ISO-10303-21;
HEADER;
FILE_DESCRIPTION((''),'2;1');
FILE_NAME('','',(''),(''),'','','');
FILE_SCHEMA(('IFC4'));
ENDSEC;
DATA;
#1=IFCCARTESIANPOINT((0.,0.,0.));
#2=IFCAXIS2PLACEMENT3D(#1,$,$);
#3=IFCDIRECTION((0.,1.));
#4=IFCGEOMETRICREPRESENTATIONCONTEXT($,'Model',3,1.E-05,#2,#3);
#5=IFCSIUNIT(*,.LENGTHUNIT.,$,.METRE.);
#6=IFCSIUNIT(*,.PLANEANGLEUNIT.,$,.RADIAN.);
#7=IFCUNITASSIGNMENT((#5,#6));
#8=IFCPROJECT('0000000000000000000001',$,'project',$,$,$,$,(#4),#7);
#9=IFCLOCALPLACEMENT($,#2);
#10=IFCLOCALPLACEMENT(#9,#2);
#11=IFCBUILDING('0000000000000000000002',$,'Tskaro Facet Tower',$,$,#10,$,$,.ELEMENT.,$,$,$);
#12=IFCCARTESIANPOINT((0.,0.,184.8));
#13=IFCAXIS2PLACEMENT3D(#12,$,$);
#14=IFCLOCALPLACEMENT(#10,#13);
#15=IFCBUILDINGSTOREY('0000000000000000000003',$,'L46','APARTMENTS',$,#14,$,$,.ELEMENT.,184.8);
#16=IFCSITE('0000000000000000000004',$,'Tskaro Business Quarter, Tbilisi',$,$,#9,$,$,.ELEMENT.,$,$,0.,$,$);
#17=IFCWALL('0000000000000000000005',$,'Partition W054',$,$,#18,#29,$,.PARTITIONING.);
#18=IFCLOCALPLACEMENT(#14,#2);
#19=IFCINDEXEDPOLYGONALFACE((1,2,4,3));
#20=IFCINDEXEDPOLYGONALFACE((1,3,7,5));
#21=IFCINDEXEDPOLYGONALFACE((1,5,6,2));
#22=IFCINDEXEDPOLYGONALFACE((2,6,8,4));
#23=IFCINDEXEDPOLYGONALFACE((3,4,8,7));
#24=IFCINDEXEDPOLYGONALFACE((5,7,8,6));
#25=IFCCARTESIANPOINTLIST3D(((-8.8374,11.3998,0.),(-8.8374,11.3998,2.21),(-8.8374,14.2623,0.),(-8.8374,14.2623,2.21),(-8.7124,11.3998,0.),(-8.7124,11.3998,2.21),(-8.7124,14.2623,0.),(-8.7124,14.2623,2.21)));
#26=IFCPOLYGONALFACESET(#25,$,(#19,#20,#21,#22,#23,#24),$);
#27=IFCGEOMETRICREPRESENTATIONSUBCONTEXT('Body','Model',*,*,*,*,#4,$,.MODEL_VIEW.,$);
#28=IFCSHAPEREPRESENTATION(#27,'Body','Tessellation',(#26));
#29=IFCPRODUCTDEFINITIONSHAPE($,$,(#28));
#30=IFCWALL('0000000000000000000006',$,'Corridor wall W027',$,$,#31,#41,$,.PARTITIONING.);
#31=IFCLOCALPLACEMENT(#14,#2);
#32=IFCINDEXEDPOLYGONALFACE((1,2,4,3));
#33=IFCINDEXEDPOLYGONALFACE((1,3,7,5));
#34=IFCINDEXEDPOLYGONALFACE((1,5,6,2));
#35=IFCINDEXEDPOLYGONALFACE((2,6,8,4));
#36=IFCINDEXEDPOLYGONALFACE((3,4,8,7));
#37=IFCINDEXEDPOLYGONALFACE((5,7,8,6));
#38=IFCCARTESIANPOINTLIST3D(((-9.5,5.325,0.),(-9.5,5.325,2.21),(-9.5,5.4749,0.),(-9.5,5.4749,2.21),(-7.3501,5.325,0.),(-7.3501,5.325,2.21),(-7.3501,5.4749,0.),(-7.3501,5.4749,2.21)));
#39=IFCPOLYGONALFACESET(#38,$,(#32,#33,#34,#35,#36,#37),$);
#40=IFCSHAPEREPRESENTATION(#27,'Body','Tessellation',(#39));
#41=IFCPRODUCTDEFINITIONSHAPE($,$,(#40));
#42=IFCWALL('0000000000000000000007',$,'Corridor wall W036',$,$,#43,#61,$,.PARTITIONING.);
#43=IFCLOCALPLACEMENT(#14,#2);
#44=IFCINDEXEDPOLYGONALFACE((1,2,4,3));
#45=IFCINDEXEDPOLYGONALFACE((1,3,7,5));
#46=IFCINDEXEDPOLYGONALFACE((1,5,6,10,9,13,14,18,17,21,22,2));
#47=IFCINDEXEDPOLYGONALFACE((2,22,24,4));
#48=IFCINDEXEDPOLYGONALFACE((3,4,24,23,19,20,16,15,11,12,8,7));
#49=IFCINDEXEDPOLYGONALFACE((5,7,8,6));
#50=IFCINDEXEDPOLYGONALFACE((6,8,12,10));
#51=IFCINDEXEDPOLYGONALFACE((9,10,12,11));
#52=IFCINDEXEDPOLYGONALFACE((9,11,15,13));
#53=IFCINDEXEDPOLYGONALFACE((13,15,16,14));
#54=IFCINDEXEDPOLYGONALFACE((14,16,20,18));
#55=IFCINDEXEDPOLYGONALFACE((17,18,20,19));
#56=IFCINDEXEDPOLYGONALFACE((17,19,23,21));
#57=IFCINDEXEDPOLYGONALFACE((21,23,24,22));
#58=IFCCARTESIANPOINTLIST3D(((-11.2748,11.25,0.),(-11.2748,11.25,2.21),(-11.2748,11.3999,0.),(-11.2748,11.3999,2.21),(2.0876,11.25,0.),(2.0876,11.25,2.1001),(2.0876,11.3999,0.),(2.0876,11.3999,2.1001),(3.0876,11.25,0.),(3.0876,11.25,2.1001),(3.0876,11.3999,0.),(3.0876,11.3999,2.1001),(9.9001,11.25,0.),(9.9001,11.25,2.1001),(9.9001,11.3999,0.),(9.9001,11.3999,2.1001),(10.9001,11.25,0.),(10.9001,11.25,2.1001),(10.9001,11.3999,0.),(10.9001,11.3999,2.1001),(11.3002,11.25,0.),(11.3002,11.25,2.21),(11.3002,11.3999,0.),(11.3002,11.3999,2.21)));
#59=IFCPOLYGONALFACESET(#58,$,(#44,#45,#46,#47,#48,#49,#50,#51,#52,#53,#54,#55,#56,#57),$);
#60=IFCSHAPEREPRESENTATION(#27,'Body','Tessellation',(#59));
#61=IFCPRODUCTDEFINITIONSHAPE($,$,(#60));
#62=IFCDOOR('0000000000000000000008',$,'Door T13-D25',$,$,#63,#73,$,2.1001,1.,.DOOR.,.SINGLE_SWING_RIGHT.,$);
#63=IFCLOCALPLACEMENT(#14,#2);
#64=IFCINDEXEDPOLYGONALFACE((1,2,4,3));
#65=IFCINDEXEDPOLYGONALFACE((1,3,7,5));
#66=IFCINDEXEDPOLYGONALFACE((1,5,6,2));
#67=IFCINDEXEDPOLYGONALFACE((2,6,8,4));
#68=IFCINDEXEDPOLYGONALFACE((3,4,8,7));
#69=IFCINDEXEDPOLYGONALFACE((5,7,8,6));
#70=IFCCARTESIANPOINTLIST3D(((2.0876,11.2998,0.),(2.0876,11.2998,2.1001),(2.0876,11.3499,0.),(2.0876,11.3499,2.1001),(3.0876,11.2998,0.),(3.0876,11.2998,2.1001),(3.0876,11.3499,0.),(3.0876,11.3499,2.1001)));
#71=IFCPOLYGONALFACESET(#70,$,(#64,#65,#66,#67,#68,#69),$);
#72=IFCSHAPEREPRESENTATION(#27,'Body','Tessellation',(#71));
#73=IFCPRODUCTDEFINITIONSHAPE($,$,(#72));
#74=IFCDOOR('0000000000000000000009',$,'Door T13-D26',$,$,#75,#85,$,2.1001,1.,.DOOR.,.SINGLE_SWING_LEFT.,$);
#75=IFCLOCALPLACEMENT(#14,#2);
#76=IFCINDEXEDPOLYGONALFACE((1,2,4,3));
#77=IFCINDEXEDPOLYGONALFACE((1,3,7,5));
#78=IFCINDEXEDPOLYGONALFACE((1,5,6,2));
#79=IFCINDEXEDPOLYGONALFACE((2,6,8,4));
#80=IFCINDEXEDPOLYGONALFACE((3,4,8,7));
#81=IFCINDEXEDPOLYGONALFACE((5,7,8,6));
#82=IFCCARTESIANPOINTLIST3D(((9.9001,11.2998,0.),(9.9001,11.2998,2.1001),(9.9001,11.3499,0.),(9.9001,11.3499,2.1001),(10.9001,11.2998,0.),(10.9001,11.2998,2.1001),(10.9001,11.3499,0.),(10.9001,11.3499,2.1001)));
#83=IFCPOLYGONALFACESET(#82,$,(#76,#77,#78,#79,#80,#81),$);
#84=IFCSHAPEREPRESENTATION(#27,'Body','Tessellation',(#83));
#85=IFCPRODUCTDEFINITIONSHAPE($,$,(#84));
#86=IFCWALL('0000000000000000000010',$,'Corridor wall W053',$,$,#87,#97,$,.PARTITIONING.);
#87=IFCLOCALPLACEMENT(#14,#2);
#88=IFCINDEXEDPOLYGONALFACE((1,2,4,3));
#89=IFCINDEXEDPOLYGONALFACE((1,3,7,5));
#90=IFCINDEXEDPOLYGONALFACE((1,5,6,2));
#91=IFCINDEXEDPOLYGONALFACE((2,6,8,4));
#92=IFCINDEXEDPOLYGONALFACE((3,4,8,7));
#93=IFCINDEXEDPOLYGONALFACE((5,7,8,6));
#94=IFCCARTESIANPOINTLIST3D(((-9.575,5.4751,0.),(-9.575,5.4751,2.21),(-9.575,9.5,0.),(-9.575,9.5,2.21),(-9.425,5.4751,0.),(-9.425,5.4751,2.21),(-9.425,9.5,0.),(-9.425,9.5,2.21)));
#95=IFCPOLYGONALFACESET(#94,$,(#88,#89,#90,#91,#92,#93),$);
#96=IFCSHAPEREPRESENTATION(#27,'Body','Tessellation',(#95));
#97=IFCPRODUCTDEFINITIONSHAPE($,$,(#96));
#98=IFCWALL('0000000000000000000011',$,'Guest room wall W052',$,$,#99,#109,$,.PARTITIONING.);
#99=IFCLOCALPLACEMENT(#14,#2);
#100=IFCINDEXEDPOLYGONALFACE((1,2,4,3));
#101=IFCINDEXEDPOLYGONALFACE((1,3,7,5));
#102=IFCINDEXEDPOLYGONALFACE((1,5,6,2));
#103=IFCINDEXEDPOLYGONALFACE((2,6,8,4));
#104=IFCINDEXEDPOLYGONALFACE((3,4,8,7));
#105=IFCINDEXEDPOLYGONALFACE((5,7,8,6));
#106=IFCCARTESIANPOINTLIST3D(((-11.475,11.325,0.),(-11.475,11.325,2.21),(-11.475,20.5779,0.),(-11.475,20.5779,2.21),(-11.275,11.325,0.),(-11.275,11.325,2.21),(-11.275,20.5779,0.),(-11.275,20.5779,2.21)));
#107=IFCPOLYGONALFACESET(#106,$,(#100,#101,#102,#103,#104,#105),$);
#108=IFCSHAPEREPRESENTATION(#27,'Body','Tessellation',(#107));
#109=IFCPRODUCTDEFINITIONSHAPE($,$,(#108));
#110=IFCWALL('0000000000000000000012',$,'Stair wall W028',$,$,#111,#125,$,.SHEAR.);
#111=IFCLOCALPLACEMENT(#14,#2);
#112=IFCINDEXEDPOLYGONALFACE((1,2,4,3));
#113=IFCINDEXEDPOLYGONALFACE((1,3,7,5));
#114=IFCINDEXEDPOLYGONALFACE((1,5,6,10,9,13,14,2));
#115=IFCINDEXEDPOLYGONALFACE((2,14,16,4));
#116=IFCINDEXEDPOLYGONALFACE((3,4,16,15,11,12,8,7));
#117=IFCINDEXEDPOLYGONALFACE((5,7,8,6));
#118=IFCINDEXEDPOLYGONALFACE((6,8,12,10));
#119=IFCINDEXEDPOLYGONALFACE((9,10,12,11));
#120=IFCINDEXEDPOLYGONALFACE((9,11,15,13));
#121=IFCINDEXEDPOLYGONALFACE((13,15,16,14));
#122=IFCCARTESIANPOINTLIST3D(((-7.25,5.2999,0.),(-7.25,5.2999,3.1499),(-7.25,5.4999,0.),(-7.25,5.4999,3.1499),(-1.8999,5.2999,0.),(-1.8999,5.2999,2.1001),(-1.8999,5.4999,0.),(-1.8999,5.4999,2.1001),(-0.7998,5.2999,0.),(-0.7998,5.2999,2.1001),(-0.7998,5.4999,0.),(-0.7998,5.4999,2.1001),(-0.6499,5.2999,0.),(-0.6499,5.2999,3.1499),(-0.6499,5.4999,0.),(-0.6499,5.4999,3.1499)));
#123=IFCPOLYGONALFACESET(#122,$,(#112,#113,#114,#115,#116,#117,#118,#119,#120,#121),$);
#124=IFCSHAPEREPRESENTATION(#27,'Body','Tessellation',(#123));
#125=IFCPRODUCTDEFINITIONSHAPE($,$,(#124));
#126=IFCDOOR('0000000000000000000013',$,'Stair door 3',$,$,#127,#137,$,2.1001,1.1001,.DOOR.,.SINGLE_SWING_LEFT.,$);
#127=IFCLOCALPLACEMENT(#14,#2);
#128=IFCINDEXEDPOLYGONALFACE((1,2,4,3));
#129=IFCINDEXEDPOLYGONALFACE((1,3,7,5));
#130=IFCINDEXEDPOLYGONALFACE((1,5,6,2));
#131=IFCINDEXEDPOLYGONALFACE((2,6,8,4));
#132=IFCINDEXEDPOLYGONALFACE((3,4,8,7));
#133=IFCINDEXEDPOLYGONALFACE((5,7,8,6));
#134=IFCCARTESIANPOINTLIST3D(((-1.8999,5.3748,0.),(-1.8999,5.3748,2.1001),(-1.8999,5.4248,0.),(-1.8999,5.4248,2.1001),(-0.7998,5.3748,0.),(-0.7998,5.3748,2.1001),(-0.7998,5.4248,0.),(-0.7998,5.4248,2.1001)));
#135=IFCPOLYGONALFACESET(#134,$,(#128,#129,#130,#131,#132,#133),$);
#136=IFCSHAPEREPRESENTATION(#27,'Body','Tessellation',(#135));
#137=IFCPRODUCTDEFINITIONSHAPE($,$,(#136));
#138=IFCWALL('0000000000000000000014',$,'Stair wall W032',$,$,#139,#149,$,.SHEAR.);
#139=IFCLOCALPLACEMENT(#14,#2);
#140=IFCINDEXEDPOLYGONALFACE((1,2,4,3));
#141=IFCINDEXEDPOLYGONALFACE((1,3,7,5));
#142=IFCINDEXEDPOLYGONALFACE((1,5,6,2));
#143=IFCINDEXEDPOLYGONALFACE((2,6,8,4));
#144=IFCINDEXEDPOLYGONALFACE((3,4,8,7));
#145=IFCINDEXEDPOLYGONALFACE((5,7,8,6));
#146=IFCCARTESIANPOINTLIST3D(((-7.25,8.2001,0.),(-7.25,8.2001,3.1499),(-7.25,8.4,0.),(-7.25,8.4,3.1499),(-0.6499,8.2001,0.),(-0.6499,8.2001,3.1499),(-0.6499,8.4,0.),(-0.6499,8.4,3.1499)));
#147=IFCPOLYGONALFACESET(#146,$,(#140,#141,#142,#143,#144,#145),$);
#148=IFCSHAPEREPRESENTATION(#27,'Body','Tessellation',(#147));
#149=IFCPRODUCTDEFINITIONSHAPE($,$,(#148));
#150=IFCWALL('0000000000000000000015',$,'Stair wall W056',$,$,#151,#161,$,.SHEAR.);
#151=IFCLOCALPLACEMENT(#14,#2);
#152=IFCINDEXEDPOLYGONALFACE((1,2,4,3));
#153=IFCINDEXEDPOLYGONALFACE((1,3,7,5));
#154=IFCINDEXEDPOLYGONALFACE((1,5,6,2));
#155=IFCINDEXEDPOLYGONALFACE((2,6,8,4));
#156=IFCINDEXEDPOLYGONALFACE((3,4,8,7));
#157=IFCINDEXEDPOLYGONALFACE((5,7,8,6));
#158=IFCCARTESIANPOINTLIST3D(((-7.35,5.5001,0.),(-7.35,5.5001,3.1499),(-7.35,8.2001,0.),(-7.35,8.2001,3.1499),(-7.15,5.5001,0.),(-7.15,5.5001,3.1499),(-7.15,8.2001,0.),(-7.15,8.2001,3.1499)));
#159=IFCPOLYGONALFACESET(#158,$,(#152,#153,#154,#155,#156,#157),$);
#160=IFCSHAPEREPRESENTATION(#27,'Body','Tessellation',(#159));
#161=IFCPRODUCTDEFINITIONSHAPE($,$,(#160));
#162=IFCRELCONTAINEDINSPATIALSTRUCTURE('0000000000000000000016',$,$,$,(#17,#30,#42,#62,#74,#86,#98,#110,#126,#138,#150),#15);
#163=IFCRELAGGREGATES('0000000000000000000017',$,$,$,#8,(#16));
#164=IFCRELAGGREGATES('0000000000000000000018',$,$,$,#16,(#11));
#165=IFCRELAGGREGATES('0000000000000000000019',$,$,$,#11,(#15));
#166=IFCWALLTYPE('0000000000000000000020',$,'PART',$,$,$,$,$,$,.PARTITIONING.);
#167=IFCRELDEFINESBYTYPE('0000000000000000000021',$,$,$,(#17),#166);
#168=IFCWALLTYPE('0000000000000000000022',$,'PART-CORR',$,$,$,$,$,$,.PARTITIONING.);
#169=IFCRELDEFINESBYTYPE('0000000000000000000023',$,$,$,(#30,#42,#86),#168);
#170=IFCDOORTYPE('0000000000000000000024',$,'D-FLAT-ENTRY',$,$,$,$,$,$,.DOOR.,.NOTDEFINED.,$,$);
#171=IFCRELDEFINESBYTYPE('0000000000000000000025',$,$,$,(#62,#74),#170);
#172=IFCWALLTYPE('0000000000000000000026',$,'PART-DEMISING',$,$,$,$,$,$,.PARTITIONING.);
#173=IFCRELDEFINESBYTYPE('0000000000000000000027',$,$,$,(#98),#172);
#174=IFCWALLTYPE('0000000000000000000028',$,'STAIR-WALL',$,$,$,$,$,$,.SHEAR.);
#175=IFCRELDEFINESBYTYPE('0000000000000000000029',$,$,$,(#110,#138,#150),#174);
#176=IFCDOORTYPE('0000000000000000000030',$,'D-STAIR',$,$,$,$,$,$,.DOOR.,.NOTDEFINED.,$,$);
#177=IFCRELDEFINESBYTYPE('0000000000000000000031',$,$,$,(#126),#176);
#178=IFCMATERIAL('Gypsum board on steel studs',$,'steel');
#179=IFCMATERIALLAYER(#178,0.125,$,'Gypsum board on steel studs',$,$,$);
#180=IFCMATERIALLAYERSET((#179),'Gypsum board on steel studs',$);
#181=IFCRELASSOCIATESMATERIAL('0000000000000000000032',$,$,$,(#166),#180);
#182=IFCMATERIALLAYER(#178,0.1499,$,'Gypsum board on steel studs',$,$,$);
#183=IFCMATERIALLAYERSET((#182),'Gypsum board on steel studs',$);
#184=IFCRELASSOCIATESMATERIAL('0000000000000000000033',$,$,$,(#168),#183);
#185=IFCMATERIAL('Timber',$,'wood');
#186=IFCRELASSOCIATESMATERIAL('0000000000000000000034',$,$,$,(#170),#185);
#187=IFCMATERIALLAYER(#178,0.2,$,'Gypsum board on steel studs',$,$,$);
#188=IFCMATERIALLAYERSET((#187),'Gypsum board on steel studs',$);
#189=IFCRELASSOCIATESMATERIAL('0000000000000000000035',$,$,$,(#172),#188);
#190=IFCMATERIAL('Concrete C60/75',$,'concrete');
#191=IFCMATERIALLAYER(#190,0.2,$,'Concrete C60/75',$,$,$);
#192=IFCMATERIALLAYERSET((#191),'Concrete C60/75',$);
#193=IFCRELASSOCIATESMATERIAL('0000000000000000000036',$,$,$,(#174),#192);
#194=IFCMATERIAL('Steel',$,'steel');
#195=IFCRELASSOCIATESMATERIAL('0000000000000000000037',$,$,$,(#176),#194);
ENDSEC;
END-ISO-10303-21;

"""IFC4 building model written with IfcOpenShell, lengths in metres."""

from ifc_helpers import new_model, si_unit, direction, frame, frame_2d, origin, place, context, subcontext, project, spatial, rectangle, extrude, material, layer, layer_set, type_object, element, fill, save


model = new_model("IFC4")

# Units and contexts
model_context = context("Model", 3, precision=1e-05, world=origin(), true_north=direction((0.0, 1.0)))
body_context = subcontext(model_context, "Body", "Model", "MODEL_VIEW")
ifc_project = project(units=[si_unit("LENGTHUNIT", "METRE"), si_unit("PLANEANGLEUNIT", "RADIAN")], contexts=[model_context])

# Site, building, storey
site_placement = place(None, origin())
site = spatial("IfcSite", under=ifc_project, at=site_placement, Name="Tskaro Business Quarter, Tbilisi", CompositionType="ELEMENT", RefElevation=0.0)
building_placement = place(site_placement, origin())
building = spatial("IfcBuilding", under=site, at=building_placement, Name="Tskaro Facet Tower", CompositionType="ELEMENT")
storey_placement = place(building_placement, frame((0.0, 0.0, 184.8)))
storey = spatial("IfcBuildingStorey", under=building, at=storey_placement, Name="L46", Description="APARTMENTS", CompositionType="ELEMENT", Elevation=184.8)

# Shared definitions
ifc_material_1 = material(Name="Steel", Category="steel")
ifc_material_2 = material(Name="Timber", Category="wood")

# Walls
ifc_material_3 = material(Name="Gypsum board on steel studs", Category="steel")
ifc_layer_1 = layer(ifc_material_3, 0.125, Name="Gypsum board on steel studs")
ifc_layer_set_1 = layer_set([ifc_layer_1], Name="Gypsum board on steel studs")
wall_type_1 = type_object("IfcWallType", Name="PART", PredefinedType="PARTITIONING", material=ifc_layer_set_1)
wall_1_placement = place(storey_placement, frame((-8.7749, 11.3999, 0.0), z_axis=(0.0, 0.0, 1.0), x_axis=(0.0, 1.0, 0.0)))
element("IfcWall", 1, at=wall_1_placement, inside=storey, type_object=wall_type_1, Name="Partition W054", PredefinedType="PARTITIONING", context=body_context, shape_type="SweptSolid", body=[
    extrude(rectangle(XDim=2.8625, YDim=0.125, at=frame_2d((1.4312, 0.0))), origin(), (0.0, 0.0, 1.0), 2.21),
])
ifc_layer_2 = layer(ifc_material_3, 0.1499, Name="Gypsum board on steel studs")
ifc_layer_set_2 = layer_set([ifc_layer_2], Name="Gypsum board on steel studs")
wall_type_2 = type_object("IfcWallType", Name="PART-CORR", PredefinedType="PARTITIONING", material=ifc_layer_set_2)
wall_2_placement = place(storey_placement, frame((-9.5, 5.3999, 0.0), z_axis=(0.0, 0.0, 1.0), x_axis=(1.0, 0.0, 0.0)))
element("IfcWall", 2, at=wall_2_placement, inside=storey, type_object=wall_type_2, Name="Corridor wall W027", PredefinedType="PARTITIONING", context=body_context, shape_type="SweptSolid", body=[
    extrude(rectangle(XDim=2.1499, YDim=0.1499, at=frame_2d((1.075, 0.0))), origin(), (0.0, 0.0, 1.0), 2.21),
])

# Wall, openings, doors
wall_3_placement = place(storey_placement, frame((-11.2749, 11.325, 0.0), z_axis=(0.0, 0.0, 1.0), x_axis=(1.0, 0.0, 0.0)))
wall_3 = element("IfcWall", 3, at=wall_3_placement, inside=storey, type_object=wall_type_2, Name="Corridor wall W036", PredefinedType="PARTITIONING", context=body_context, shape_type="SweptSolid", body=[
    extrude(rectangle(XDim=22.575, YDim=0.1499, at=frame_2d((11.2876, 0.0))), origin(), (0.0, 0.0, 1.0), 2.21),
])
opening_1_placement = place(wall_3_placement, frame((13.3625, 0.0, 0.0)))
opening_1 = element("IfcOpeningElement", 4, at=opening_1_placement, cuts=wall_3, PredefinedType="OPENING", context=body_context, shape_type="SweptSolid", body=[
    extrude(rectangle(XDim=1.0, YDim=2.1001, at=frame_2d((0.5, 1.05))), frame((0.0, 0.085, 0.0), z_axis=(0.0, -1.0, 0.0), x_axis=(1.0, 0.0, 0.0)), (0.0, 0.0, 1.0), 0.1699),
])
opening_2_placement = place(wall_3_placement, frame((21.175, 0.0, 0.0)))
opening_2 = element("IfcOpeningElement", 5, at=opening_2_placement, cuts=wall_3, PredefinedType="OPENING", context=body_context, shape_type="SweptSolid", body=[
    extrude(rectangle(XDim=1.0, YDim=2.1001, at=frame_2d((0.5, 1.05))), frame((0.0, 0.085, 0.0), z_axis=(0.0, -1.0, 0.0), x_axis=(1.0, 0.0, 0.0)), (0.0, 0.0, 1.0), 0.1699),
])
door_type_1 = type_object("IfcDoorType", Name="D-FLAT-ENTRY", OperationType="NOTDEFINED", PredefinedType="DOOR", material=ifc_material_2)
door_1_placement = place(opening_1_placement, origin())
door_1 = element("IfcDoor", 6, at=door_1_placement, inside=storey, type_object=door_type_1, Name="Door T13-D25", OperationType="SINGLE_SWING_RIGHT", OverallHeight=2.1001, OverallWidth=1.0, PredefinedType="DOOR", context=body_context, shape_type="SweptSolid", body=[
    extrude(rectangle(XDim=1.0, YDim=2.1001, at=frame_2d((0.5, 1.05))), frame((0.0, 0.0249, 0.0), z_axis=(0.0, -1.0, 0.0), x_axis=(1.0, 0.0, 0.0)), (0.0, 0.0, 1.0), 0.05),
])
fill(opening_1, door_1)
door_2_placement = place(opening_2_placement, origin())
door_2 = element("IfcDoor", 7, at=door_2_placement, inside=storey, type_object=door_type_1, Name="Door T13-D26", OperationType="SINGLE_SWING_LEFT", OverallHeight=2.1001, OverallWidth=1.0, PredefinedType="DOOR", context=body_context, shape_type="SweptSolid", body=[
    extrude(rectangle(XDim=1.0, YDim=2.1001, at=frame_2d((0.5, 1.05))), frame((0.0, 0.0249, 0.0), z_axis=(0.0, -1.0, 0.0), x_axis=(1.0, 0.0, 0.0)), (0.0, 0.0, 1.0), 0.05),
])
fill(opening_2, door_2)

# Walls
wall_4_placement = place(storey_placement, frame((-9.5, 5.4751, 0.0), z_axis=(0.0, 0.0, 1.0), x_axis=(0.0, 1.0, 0.0)))
element("IfcWall", 8, at=wall_4_placement, inside=storey, type_object=wall_type_2, Name="Corridor wall W053", PredefinedType="PARTITIONING", context=body_context, shape_type="SweptSolid", body=[
    extrude(rectangle(XDim=4.0249, YDim=0.1499, at=frame_2d((2.0125, 0.0))), origin(), (0.0, 0.0, 1.0), 2.21),
])
ifc_layer_3 = layer(ifc_material_3, 0.2, Name="Gypsum board on steel studs")
ifc_layer_set_3 = layer_set([ifc_layer_3], Name="Gypsum board on steel studs")
wall_type_3 = type_object("IfcWallType", Name="PART-DEMISING", PredefinedType="PARTITIONING", material=ifc_layer_set_3)
wall_5_placement = place(storey_placement, frame((-11.375, 11.325, 0.0), z_axis=(0.0, 0.0, 1.0), x_axis=(0.0, 1.0, 0.0)))
element("IfcWall", 9, at=wall_5_placement, inside=storey, type_object=wall_type_3, Name="Guest room wall W052", PredefinedType="PARTITIONING", context=body_context, shape_type="SweptSolid", body=[
    extrude(rectangle(XDim=9.2529, YDim=0.2, at=frame_2d((4.6265, 0.0))), origin(), (0.0, 0.0, 1.0), 2.21),
])

# Wall, opening, door
ifc_material_4 = material(Name="Concrete C60/75", Category="concrete")
ifc_layer_4 = layer(ifc_material_4, 0.2, Name="Concrete C60/75")
ifc_layer_set_4 = layer_set([ifc_layer_4], Name="Concrete C60/75")
wall_type_4 = type_object("IfcWallType", Name="STAIR-WALL", PredefinedType="SHEAR", material=ifc_layer_set_4)
wall_6_placement = place(storey_placement, frame((-7.25, 5.3999, 0.0), z_axis=(0.0, 0.0, 1.0), x_axis=(1.0, 0.0, 0.0)))
wall_6 = element("IfcWall", 10, at=wall_6_placement, inside=storey, type_object=wall_type_4, Name="Stair wall W028", PredefinedType="SHEAR", context=body_context, shape_type="SweptSolid", body=[
    extrude(rectangle(XDim=6.6001, YDim=0.2, at=frame_2d((3.3, 0.0))), origin(), (0.0, 0.0, 1.0), 3.1499),
])
opening_3_placement = place(wall_6_placement, frame((5.3501, 0.0, 0.0)))
opening_3 = element("IfcOpeningElement", 11, at=opening_3_placement, cuts=wall_6, PredefinedType="OPENING", context=body_context, shape_type="SweptSolid", body=[
    extrude(rectangle(XDim=1.1001, YDim=2.1001, at=frame_2d((0.55, 1.05))), frame((0.0, 0.1099, 0.0), z_axis=(0.0, -1.0, 0.0), x_axis=(1.0, 0.0, 0.0)), (0.0, 0.0, 1.0), 0.22),
])
door_type_2 = type_object("IfcDoorType", Name="D-STAIR", OperationType="NOTDEFINED", PredefinedType="DOOR", material=ifc_material_1)
door_3_placement = place(opening_3_placement, origin())
door_3 = element("IfcDoor", 12, at=door_3_placement, inside=storey, type_object=door_type_2, Name="Stair door 3", OperationType="SINGLE_SWING_LEFT", OverallHeight=2.1001, OverallWidth=1.1001, PredefinedType="DOOR", context=body_context, shape_type="SweptSolid", body=[
    extrude(rectangle(XDim=1.1001, YDim=2.1001, at=frame_2d((0.55, 1.05))), frame((0.0, 0.0249, 0.0), z_axis=(0.0, -1.0, 0.0), x_axis=(1.0, 0.0, 0.0)), (0.0, 0.0, 1.0), 0.05),
])
fill(opening_3, door_3)

# Walls
wall_7_placement = place(storey_placement, frame((-7.25, 8.3, 0.0), z_axis=(0.0, 0.0, 1.0), x_axis=(1.0, 0.0, 0.0)))
element("IfcWall", 13, at=wall_7_placement, inside=storey, type_object=wall_type_4, Name="Stair wall W032", PredefinedType="SHEAR", context=body_context, shape_type="SweptSolid", body=[
    extrude(rectangle(XDim=6.6001, YDim=0.2, at=frame_2d((3.3, 0.0))), origin(), (0.0, 0.0, 1.0), 3.1499),
])
wall_8_placement = place(storey_placement, frame((-7.25, 5.5, 0.0), z_axis=(0.0, 0.0, 1.0), x_axis=(0.0, 1.0, 0.0)))
element("IfcWall", 14, at=wall_8_placement, inside=storey, type_object=wall_type_4, Name="Stair wall W056", PredefinedType="SHEAR", context=body_context, shape_type="SweptSolid", body=[
    extrude(rectangle(XDim=2.7, YDim=0.2, at=frame_2d((1.3501, 0.0))), origin(), (0.0, 0.0, 1.0), 3.1499),
])

save(model, "model.ifc")
